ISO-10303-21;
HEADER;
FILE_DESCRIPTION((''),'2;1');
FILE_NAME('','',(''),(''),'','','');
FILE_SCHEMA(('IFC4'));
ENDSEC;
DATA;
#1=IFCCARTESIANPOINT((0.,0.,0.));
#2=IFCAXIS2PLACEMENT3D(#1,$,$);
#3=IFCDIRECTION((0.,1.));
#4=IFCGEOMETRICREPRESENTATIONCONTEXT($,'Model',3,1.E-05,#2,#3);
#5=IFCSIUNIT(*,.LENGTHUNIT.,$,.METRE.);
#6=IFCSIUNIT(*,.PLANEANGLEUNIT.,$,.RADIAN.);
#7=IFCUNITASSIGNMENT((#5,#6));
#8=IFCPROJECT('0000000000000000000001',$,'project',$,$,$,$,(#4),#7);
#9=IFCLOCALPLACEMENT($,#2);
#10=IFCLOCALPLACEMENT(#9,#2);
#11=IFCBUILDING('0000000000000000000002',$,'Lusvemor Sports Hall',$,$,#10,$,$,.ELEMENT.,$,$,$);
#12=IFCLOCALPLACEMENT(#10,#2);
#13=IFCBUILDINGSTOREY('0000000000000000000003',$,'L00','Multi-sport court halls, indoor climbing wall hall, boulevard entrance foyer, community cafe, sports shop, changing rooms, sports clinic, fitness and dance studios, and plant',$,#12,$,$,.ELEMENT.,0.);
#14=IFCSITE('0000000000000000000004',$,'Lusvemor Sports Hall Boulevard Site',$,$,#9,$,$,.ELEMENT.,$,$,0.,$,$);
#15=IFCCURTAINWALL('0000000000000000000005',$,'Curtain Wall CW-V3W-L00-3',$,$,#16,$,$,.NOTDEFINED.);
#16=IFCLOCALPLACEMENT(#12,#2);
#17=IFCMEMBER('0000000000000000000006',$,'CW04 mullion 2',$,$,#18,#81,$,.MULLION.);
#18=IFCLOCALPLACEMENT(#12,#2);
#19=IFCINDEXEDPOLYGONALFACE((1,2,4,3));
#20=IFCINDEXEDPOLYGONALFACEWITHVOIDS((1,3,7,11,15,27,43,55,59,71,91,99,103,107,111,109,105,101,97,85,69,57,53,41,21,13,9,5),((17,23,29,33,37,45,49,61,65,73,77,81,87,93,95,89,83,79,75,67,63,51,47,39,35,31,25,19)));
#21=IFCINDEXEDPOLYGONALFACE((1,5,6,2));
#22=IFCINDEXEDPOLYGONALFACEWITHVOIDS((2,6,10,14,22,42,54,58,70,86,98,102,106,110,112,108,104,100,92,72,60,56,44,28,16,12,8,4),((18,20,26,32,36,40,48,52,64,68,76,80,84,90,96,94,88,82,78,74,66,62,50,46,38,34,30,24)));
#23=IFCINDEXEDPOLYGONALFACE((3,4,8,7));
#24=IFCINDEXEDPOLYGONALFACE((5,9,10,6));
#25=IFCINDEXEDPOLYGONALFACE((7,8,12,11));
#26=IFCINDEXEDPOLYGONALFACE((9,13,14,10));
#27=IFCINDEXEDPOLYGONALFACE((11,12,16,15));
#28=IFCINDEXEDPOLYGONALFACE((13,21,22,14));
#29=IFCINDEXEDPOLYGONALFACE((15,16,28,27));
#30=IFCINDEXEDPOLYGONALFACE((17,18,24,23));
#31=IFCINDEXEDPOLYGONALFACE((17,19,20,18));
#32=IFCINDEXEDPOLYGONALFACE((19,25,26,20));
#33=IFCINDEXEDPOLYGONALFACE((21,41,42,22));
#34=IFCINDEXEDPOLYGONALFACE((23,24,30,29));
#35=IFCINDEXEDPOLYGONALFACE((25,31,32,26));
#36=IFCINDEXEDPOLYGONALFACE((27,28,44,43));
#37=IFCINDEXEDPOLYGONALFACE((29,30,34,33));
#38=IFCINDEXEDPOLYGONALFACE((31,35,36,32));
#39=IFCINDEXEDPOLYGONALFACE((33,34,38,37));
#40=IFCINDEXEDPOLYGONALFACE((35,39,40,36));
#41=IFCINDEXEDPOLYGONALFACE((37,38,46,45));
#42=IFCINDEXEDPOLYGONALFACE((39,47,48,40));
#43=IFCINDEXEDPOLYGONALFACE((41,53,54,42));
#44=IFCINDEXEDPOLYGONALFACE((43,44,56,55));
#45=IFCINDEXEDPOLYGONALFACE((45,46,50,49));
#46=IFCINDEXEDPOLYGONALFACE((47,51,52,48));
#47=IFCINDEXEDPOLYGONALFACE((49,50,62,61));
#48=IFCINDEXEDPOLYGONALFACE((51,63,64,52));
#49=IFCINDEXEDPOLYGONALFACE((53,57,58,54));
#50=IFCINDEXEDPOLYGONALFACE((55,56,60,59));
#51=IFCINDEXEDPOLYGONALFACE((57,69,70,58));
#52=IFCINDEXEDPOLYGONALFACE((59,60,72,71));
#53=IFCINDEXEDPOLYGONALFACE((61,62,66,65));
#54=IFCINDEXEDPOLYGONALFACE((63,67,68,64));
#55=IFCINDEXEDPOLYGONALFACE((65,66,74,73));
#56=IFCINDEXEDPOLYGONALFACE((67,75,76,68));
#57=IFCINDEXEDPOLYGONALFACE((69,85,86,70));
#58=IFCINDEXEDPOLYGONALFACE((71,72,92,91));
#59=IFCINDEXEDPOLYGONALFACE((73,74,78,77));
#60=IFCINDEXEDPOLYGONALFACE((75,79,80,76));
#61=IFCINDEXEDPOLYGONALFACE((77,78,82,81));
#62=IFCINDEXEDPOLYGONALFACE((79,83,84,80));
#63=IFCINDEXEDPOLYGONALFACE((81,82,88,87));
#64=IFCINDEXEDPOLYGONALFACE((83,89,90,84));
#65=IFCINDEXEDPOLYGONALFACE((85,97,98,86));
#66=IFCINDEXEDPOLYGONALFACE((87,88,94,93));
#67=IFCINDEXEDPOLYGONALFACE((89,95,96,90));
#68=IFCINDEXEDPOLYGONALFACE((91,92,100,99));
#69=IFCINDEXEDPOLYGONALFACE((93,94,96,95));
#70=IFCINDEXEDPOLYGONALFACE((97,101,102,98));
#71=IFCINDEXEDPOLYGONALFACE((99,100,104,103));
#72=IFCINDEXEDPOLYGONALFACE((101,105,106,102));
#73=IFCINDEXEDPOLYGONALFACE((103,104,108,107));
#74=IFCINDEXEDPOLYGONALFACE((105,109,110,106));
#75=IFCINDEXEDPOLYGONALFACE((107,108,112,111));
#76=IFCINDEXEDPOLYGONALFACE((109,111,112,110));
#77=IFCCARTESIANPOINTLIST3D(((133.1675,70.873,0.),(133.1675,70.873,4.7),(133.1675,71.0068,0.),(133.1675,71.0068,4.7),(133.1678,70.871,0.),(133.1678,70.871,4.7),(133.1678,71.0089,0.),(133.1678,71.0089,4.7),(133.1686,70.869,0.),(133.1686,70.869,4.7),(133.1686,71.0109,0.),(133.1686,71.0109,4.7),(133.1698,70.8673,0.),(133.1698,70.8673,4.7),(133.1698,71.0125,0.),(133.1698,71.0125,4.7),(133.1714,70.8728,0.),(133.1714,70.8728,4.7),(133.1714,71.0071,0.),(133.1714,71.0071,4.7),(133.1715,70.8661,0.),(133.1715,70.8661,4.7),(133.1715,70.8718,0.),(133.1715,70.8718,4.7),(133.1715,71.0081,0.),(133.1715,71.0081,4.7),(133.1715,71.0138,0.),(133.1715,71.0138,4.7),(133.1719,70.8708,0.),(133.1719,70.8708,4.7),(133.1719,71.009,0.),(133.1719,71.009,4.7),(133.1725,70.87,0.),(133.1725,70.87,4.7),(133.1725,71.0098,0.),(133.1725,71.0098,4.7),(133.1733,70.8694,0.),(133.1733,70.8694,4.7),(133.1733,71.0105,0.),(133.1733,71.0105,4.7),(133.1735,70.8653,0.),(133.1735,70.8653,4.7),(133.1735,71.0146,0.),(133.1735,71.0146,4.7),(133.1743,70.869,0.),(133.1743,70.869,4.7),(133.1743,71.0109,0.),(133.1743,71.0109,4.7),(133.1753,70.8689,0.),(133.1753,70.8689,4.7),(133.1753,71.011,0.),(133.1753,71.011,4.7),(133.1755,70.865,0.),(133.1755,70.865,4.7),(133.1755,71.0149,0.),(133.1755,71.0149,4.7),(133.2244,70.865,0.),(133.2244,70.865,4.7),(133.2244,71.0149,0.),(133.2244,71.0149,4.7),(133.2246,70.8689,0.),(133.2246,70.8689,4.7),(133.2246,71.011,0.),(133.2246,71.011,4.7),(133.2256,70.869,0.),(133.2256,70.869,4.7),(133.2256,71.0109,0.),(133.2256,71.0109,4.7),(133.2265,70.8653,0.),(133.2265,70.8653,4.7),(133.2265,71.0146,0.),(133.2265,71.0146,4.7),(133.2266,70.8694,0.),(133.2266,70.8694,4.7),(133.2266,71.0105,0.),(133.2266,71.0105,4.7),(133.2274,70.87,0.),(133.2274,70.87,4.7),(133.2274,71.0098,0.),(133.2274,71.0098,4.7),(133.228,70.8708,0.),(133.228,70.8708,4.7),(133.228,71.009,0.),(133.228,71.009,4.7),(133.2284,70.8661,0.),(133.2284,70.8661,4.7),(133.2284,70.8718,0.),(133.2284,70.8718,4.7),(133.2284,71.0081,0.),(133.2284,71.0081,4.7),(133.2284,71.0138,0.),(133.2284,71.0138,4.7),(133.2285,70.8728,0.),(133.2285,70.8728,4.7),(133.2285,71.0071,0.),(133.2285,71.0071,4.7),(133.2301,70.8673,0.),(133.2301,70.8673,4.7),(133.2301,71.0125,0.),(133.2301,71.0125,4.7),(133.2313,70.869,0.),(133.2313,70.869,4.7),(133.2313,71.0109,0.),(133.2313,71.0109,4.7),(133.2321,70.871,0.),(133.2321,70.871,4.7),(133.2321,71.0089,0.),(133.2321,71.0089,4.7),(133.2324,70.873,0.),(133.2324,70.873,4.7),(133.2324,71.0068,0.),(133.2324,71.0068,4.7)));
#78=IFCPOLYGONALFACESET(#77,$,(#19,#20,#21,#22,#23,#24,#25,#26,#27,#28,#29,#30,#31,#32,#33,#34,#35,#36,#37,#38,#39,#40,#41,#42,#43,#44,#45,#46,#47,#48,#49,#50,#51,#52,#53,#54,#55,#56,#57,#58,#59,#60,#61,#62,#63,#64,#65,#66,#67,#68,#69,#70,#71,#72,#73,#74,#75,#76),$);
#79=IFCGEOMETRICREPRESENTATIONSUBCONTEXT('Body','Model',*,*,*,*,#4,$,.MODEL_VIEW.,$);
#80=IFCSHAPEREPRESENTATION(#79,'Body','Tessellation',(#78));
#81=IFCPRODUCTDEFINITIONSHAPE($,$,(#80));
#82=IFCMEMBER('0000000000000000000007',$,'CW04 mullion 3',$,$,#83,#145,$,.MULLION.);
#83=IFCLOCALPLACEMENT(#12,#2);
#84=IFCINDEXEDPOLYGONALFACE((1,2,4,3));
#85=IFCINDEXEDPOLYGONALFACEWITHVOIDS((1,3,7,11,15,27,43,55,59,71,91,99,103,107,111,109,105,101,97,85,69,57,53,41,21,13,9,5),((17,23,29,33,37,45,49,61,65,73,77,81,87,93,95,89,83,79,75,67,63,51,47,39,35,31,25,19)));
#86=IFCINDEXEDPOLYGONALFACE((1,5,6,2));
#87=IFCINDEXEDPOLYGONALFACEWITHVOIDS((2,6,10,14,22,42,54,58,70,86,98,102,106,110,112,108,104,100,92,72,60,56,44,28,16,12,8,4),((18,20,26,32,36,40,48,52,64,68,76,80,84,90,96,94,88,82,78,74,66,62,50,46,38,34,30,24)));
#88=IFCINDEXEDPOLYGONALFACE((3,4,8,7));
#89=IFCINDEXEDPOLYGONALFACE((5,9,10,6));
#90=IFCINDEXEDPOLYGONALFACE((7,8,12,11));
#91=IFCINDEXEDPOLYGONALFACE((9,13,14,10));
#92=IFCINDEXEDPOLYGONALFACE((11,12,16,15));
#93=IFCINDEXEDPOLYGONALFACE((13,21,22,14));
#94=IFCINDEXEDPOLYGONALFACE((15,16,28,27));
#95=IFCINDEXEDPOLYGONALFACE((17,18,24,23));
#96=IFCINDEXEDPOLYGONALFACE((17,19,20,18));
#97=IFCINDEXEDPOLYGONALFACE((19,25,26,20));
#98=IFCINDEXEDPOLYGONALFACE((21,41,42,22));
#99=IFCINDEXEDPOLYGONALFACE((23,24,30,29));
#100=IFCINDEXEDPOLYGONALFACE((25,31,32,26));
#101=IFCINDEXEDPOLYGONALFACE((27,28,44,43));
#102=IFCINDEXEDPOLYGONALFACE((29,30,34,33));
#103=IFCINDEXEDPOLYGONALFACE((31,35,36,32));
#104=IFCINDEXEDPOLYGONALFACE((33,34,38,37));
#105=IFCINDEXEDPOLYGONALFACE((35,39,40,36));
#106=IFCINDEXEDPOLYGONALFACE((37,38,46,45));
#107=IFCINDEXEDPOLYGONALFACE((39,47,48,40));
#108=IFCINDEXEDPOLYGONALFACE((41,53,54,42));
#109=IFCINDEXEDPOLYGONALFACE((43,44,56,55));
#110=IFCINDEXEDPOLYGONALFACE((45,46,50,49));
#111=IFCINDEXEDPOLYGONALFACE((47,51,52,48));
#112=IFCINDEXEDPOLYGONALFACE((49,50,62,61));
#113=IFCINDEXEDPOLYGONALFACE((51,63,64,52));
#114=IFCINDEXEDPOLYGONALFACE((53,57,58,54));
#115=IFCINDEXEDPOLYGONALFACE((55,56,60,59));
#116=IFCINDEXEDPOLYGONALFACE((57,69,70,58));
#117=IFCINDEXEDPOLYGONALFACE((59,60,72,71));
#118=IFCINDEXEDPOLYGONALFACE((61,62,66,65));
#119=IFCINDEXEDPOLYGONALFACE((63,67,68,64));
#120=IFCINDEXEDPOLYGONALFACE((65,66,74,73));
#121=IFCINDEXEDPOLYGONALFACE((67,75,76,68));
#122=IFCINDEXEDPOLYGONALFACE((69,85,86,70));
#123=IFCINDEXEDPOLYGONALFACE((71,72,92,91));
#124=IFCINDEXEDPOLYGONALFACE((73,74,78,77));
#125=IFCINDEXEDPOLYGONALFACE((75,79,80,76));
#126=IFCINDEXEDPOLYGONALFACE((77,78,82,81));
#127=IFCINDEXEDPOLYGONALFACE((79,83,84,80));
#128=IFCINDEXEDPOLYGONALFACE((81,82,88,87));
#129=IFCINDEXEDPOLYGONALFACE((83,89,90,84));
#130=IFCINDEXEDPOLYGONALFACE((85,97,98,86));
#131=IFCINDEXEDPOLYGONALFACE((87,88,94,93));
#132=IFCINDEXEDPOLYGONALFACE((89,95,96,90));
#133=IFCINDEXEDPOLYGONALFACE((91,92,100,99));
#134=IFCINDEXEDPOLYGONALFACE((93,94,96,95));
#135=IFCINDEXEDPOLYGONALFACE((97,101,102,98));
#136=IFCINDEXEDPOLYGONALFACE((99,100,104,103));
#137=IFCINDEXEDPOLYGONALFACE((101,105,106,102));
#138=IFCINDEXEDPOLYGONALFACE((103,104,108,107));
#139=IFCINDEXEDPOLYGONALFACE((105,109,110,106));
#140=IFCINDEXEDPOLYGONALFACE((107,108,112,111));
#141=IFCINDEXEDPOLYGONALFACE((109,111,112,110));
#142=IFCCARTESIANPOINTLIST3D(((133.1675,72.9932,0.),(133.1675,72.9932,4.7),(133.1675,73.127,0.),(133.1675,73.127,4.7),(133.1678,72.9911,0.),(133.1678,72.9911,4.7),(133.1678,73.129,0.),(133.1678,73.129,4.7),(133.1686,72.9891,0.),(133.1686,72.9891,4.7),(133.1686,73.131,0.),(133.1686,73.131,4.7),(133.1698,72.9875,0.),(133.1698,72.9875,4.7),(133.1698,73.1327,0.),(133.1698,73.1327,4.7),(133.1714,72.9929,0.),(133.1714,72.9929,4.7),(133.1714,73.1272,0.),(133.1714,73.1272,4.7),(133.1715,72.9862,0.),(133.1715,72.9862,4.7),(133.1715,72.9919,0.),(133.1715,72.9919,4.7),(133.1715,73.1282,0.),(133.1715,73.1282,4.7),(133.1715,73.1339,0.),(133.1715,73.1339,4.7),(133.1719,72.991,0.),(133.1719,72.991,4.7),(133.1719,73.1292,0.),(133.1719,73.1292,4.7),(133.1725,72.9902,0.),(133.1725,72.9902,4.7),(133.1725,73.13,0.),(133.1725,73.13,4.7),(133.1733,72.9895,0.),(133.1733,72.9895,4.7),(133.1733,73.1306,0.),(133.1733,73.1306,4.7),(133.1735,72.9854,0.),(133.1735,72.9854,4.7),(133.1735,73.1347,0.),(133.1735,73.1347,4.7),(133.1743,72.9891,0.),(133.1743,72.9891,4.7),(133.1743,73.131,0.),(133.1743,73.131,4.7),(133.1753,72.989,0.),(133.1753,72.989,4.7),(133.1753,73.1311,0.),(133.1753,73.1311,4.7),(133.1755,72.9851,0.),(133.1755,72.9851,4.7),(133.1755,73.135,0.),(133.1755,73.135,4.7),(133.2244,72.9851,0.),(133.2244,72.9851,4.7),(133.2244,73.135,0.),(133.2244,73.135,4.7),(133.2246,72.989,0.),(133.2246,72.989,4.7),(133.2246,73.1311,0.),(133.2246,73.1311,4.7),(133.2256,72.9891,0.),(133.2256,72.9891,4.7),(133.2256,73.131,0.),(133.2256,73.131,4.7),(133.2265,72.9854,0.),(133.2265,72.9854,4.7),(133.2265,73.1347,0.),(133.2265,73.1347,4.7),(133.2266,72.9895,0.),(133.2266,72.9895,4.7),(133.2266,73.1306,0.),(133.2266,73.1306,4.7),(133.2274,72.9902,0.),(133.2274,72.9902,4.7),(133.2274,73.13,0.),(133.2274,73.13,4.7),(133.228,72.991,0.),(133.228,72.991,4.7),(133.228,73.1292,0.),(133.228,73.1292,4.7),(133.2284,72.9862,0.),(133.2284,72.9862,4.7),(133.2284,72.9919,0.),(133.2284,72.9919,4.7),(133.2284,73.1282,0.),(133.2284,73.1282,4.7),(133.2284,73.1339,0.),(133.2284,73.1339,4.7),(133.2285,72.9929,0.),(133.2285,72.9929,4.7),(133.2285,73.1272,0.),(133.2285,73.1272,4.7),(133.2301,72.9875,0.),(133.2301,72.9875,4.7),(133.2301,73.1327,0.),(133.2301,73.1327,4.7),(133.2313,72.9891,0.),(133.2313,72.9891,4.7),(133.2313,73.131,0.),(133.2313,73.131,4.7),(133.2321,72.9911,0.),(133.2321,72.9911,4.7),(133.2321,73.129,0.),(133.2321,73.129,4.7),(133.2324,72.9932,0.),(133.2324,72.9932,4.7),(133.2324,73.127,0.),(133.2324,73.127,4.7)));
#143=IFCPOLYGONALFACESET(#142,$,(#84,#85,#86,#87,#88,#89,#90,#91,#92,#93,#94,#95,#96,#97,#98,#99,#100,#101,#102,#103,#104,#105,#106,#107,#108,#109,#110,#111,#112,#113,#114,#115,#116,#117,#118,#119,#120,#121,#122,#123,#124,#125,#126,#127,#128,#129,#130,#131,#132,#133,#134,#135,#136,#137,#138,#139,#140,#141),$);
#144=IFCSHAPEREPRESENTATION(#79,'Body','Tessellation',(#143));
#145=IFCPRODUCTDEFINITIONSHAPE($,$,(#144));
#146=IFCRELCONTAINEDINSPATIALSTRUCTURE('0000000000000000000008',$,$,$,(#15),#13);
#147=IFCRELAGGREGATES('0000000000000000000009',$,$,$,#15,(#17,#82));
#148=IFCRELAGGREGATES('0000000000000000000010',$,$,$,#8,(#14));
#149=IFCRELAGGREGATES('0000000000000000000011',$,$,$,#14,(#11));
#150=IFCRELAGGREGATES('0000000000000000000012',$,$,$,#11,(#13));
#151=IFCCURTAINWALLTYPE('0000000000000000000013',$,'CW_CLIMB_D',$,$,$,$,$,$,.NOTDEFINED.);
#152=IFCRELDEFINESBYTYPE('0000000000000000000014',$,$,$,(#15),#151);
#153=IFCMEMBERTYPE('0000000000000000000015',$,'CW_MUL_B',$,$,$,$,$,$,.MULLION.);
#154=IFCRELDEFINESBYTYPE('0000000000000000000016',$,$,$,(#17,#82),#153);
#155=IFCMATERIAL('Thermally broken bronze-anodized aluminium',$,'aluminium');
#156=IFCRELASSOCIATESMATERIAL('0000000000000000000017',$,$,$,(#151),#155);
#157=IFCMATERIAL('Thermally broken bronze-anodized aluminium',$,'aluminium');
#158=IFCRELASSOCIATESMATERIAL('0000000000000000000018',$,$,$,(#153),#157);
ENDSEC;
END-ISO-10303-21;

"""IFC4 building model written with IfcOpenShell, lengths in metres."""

from ifc_helpers import new_model, si_unit, direction, frame, origin, origin_2d, place, context, subcontext, project, spatial, hollow_rectangle, extrude, material, material_profile, profile_set, type_object, element, aggregate, save


model = new_model("IFC4")

# Units and contexts
model_context = context("Model", 3, precision=1e-05, world=origin(), true_north=direction((0.0, 1.0)))
body_context = subcontext(model_context, "Body", "Model", "MODEL_VIEW")
ifc_project = project(units=[si_unit("LENGTHUNIT", "METRE"), si_unit("PLANEANGLEUNIT", "RADIAN")], contexts=[model_context])

# Site, building, storey
site_placement = place(None, origin())
site = spatial("IfcSite", under=ifc_project, at=site_placement, Name="Lusvemor Sports Hall Boulevard Site", CompositionType="ELEMENT", RefElevation=0.0)
building_placement = place(site_placement, origin())
building = spatial("IfcBuilding", under=site, at=building_placement, Name="Lusvemor Sports Hall", CompositionType="ELEMENT")
storey_placement = place(building_placement, origin())
storey = spatial("IfcBuildingStorey", under=building, at=storey_placement, Name="L00", Description="Multi-sport court halls, indoor climbing wall hall, boulevard entrance foyer, community cafe, sports shop, changing rooms, sports clinic, fitness and dance studios, and plant", CompositionType="ELEMENT", Elevation=0.0)

# Shared definitions
ifc_material_1 = material(Name="Thermally broken bronze-anodized aluminium", Category="aluminium")
curtain_wall_type = type_object("IfcCurtainWallType", Name="CW_CLIMB_D", PredefinedType="NOTDEFINED", material=ifc_material_1)
ifc_material_2 = material(Name="Thermally broken bronze-anodized aluminium", Category="aluminium")
ifc_material_profile_1 = material_profile(ifc_material_2, hollow_rectangle(XDim=0.0649, YDim=0.1499, WallThickness=0.0039, InnerFilletRadius=0.0039, OuterFilletRadius=0.0081, at=origin_2d()), Name="CWMUL150x65x4")
ifc_profile_set_1 = profile_set([ifc_material_profile_1], Name="Thermally broken bronze-anodized aluminium")
member_type_1 = type_object("IfcMemberType", Name="CW_MUL_B", PredefinedType="MULLION", material=ifc_profile_set_1)

# Curtain wall, members
curtain_wall_1_placement = place(storey_placement, origin())
curtain_wall_1 = element("IfcCurtainWall", 1, at=curtain_wall_1_placement, inside=storey, type_object=curtain_wall_type, Name="Curtain Wall CW-V3W-L00-3", PredefinedType="NOTDEFINED")
member_1_placement = place(storey_placement, frame((133.2, 70.9399, 0.0), z_axis=(0.0, 0.0, 1.0), x_axis=(-1.0, 0.0, 0.0)))
member_1 = element("IfcMember", 2, at=member_1_placement, type_object=member_type_1, Name="CW04 mullion 2", PredefinedType="MULLION", context=body_context, shape_type="SweptSolid", body=[
    extrude(hollow_rectangle(XDim=0.0649, YDim=0.1499, WallThickness=0.0039, InnerFilletRadius=0.0039, OuterFilletRadius=0.0081, at=origin_2d()), origin(), (0.0, 0.0, 1.0), 4.7),
])
member_2_placement = place(storey_placement, frame((133.2, 73.0601, 0.0), z_axis=(0.0, 0.0, 1.0), x_axis=(-1.0, 0.0, 0.0)))
member_2 = element("IfcMember", 3, at=member_2_placement, type_object=member_type_1, Name="CW04 mullion 3", PredefinedType="MULLION", context=body_context, shape_type="SweptSolid", body=[
    extrude(hollow_rectangle(XDim=0.0649, YDim=0.1499, WallThickness=0.0039, InnerFilletRadius=0.0039, OuterFilletRadius=0.0081, at=origin_2d()), origin(), (0.0, 0.0, 1.0), 4.7),
])
aggregate(curtain_wall_1, [member_1, member_2])

save(model, "model.ifc")
